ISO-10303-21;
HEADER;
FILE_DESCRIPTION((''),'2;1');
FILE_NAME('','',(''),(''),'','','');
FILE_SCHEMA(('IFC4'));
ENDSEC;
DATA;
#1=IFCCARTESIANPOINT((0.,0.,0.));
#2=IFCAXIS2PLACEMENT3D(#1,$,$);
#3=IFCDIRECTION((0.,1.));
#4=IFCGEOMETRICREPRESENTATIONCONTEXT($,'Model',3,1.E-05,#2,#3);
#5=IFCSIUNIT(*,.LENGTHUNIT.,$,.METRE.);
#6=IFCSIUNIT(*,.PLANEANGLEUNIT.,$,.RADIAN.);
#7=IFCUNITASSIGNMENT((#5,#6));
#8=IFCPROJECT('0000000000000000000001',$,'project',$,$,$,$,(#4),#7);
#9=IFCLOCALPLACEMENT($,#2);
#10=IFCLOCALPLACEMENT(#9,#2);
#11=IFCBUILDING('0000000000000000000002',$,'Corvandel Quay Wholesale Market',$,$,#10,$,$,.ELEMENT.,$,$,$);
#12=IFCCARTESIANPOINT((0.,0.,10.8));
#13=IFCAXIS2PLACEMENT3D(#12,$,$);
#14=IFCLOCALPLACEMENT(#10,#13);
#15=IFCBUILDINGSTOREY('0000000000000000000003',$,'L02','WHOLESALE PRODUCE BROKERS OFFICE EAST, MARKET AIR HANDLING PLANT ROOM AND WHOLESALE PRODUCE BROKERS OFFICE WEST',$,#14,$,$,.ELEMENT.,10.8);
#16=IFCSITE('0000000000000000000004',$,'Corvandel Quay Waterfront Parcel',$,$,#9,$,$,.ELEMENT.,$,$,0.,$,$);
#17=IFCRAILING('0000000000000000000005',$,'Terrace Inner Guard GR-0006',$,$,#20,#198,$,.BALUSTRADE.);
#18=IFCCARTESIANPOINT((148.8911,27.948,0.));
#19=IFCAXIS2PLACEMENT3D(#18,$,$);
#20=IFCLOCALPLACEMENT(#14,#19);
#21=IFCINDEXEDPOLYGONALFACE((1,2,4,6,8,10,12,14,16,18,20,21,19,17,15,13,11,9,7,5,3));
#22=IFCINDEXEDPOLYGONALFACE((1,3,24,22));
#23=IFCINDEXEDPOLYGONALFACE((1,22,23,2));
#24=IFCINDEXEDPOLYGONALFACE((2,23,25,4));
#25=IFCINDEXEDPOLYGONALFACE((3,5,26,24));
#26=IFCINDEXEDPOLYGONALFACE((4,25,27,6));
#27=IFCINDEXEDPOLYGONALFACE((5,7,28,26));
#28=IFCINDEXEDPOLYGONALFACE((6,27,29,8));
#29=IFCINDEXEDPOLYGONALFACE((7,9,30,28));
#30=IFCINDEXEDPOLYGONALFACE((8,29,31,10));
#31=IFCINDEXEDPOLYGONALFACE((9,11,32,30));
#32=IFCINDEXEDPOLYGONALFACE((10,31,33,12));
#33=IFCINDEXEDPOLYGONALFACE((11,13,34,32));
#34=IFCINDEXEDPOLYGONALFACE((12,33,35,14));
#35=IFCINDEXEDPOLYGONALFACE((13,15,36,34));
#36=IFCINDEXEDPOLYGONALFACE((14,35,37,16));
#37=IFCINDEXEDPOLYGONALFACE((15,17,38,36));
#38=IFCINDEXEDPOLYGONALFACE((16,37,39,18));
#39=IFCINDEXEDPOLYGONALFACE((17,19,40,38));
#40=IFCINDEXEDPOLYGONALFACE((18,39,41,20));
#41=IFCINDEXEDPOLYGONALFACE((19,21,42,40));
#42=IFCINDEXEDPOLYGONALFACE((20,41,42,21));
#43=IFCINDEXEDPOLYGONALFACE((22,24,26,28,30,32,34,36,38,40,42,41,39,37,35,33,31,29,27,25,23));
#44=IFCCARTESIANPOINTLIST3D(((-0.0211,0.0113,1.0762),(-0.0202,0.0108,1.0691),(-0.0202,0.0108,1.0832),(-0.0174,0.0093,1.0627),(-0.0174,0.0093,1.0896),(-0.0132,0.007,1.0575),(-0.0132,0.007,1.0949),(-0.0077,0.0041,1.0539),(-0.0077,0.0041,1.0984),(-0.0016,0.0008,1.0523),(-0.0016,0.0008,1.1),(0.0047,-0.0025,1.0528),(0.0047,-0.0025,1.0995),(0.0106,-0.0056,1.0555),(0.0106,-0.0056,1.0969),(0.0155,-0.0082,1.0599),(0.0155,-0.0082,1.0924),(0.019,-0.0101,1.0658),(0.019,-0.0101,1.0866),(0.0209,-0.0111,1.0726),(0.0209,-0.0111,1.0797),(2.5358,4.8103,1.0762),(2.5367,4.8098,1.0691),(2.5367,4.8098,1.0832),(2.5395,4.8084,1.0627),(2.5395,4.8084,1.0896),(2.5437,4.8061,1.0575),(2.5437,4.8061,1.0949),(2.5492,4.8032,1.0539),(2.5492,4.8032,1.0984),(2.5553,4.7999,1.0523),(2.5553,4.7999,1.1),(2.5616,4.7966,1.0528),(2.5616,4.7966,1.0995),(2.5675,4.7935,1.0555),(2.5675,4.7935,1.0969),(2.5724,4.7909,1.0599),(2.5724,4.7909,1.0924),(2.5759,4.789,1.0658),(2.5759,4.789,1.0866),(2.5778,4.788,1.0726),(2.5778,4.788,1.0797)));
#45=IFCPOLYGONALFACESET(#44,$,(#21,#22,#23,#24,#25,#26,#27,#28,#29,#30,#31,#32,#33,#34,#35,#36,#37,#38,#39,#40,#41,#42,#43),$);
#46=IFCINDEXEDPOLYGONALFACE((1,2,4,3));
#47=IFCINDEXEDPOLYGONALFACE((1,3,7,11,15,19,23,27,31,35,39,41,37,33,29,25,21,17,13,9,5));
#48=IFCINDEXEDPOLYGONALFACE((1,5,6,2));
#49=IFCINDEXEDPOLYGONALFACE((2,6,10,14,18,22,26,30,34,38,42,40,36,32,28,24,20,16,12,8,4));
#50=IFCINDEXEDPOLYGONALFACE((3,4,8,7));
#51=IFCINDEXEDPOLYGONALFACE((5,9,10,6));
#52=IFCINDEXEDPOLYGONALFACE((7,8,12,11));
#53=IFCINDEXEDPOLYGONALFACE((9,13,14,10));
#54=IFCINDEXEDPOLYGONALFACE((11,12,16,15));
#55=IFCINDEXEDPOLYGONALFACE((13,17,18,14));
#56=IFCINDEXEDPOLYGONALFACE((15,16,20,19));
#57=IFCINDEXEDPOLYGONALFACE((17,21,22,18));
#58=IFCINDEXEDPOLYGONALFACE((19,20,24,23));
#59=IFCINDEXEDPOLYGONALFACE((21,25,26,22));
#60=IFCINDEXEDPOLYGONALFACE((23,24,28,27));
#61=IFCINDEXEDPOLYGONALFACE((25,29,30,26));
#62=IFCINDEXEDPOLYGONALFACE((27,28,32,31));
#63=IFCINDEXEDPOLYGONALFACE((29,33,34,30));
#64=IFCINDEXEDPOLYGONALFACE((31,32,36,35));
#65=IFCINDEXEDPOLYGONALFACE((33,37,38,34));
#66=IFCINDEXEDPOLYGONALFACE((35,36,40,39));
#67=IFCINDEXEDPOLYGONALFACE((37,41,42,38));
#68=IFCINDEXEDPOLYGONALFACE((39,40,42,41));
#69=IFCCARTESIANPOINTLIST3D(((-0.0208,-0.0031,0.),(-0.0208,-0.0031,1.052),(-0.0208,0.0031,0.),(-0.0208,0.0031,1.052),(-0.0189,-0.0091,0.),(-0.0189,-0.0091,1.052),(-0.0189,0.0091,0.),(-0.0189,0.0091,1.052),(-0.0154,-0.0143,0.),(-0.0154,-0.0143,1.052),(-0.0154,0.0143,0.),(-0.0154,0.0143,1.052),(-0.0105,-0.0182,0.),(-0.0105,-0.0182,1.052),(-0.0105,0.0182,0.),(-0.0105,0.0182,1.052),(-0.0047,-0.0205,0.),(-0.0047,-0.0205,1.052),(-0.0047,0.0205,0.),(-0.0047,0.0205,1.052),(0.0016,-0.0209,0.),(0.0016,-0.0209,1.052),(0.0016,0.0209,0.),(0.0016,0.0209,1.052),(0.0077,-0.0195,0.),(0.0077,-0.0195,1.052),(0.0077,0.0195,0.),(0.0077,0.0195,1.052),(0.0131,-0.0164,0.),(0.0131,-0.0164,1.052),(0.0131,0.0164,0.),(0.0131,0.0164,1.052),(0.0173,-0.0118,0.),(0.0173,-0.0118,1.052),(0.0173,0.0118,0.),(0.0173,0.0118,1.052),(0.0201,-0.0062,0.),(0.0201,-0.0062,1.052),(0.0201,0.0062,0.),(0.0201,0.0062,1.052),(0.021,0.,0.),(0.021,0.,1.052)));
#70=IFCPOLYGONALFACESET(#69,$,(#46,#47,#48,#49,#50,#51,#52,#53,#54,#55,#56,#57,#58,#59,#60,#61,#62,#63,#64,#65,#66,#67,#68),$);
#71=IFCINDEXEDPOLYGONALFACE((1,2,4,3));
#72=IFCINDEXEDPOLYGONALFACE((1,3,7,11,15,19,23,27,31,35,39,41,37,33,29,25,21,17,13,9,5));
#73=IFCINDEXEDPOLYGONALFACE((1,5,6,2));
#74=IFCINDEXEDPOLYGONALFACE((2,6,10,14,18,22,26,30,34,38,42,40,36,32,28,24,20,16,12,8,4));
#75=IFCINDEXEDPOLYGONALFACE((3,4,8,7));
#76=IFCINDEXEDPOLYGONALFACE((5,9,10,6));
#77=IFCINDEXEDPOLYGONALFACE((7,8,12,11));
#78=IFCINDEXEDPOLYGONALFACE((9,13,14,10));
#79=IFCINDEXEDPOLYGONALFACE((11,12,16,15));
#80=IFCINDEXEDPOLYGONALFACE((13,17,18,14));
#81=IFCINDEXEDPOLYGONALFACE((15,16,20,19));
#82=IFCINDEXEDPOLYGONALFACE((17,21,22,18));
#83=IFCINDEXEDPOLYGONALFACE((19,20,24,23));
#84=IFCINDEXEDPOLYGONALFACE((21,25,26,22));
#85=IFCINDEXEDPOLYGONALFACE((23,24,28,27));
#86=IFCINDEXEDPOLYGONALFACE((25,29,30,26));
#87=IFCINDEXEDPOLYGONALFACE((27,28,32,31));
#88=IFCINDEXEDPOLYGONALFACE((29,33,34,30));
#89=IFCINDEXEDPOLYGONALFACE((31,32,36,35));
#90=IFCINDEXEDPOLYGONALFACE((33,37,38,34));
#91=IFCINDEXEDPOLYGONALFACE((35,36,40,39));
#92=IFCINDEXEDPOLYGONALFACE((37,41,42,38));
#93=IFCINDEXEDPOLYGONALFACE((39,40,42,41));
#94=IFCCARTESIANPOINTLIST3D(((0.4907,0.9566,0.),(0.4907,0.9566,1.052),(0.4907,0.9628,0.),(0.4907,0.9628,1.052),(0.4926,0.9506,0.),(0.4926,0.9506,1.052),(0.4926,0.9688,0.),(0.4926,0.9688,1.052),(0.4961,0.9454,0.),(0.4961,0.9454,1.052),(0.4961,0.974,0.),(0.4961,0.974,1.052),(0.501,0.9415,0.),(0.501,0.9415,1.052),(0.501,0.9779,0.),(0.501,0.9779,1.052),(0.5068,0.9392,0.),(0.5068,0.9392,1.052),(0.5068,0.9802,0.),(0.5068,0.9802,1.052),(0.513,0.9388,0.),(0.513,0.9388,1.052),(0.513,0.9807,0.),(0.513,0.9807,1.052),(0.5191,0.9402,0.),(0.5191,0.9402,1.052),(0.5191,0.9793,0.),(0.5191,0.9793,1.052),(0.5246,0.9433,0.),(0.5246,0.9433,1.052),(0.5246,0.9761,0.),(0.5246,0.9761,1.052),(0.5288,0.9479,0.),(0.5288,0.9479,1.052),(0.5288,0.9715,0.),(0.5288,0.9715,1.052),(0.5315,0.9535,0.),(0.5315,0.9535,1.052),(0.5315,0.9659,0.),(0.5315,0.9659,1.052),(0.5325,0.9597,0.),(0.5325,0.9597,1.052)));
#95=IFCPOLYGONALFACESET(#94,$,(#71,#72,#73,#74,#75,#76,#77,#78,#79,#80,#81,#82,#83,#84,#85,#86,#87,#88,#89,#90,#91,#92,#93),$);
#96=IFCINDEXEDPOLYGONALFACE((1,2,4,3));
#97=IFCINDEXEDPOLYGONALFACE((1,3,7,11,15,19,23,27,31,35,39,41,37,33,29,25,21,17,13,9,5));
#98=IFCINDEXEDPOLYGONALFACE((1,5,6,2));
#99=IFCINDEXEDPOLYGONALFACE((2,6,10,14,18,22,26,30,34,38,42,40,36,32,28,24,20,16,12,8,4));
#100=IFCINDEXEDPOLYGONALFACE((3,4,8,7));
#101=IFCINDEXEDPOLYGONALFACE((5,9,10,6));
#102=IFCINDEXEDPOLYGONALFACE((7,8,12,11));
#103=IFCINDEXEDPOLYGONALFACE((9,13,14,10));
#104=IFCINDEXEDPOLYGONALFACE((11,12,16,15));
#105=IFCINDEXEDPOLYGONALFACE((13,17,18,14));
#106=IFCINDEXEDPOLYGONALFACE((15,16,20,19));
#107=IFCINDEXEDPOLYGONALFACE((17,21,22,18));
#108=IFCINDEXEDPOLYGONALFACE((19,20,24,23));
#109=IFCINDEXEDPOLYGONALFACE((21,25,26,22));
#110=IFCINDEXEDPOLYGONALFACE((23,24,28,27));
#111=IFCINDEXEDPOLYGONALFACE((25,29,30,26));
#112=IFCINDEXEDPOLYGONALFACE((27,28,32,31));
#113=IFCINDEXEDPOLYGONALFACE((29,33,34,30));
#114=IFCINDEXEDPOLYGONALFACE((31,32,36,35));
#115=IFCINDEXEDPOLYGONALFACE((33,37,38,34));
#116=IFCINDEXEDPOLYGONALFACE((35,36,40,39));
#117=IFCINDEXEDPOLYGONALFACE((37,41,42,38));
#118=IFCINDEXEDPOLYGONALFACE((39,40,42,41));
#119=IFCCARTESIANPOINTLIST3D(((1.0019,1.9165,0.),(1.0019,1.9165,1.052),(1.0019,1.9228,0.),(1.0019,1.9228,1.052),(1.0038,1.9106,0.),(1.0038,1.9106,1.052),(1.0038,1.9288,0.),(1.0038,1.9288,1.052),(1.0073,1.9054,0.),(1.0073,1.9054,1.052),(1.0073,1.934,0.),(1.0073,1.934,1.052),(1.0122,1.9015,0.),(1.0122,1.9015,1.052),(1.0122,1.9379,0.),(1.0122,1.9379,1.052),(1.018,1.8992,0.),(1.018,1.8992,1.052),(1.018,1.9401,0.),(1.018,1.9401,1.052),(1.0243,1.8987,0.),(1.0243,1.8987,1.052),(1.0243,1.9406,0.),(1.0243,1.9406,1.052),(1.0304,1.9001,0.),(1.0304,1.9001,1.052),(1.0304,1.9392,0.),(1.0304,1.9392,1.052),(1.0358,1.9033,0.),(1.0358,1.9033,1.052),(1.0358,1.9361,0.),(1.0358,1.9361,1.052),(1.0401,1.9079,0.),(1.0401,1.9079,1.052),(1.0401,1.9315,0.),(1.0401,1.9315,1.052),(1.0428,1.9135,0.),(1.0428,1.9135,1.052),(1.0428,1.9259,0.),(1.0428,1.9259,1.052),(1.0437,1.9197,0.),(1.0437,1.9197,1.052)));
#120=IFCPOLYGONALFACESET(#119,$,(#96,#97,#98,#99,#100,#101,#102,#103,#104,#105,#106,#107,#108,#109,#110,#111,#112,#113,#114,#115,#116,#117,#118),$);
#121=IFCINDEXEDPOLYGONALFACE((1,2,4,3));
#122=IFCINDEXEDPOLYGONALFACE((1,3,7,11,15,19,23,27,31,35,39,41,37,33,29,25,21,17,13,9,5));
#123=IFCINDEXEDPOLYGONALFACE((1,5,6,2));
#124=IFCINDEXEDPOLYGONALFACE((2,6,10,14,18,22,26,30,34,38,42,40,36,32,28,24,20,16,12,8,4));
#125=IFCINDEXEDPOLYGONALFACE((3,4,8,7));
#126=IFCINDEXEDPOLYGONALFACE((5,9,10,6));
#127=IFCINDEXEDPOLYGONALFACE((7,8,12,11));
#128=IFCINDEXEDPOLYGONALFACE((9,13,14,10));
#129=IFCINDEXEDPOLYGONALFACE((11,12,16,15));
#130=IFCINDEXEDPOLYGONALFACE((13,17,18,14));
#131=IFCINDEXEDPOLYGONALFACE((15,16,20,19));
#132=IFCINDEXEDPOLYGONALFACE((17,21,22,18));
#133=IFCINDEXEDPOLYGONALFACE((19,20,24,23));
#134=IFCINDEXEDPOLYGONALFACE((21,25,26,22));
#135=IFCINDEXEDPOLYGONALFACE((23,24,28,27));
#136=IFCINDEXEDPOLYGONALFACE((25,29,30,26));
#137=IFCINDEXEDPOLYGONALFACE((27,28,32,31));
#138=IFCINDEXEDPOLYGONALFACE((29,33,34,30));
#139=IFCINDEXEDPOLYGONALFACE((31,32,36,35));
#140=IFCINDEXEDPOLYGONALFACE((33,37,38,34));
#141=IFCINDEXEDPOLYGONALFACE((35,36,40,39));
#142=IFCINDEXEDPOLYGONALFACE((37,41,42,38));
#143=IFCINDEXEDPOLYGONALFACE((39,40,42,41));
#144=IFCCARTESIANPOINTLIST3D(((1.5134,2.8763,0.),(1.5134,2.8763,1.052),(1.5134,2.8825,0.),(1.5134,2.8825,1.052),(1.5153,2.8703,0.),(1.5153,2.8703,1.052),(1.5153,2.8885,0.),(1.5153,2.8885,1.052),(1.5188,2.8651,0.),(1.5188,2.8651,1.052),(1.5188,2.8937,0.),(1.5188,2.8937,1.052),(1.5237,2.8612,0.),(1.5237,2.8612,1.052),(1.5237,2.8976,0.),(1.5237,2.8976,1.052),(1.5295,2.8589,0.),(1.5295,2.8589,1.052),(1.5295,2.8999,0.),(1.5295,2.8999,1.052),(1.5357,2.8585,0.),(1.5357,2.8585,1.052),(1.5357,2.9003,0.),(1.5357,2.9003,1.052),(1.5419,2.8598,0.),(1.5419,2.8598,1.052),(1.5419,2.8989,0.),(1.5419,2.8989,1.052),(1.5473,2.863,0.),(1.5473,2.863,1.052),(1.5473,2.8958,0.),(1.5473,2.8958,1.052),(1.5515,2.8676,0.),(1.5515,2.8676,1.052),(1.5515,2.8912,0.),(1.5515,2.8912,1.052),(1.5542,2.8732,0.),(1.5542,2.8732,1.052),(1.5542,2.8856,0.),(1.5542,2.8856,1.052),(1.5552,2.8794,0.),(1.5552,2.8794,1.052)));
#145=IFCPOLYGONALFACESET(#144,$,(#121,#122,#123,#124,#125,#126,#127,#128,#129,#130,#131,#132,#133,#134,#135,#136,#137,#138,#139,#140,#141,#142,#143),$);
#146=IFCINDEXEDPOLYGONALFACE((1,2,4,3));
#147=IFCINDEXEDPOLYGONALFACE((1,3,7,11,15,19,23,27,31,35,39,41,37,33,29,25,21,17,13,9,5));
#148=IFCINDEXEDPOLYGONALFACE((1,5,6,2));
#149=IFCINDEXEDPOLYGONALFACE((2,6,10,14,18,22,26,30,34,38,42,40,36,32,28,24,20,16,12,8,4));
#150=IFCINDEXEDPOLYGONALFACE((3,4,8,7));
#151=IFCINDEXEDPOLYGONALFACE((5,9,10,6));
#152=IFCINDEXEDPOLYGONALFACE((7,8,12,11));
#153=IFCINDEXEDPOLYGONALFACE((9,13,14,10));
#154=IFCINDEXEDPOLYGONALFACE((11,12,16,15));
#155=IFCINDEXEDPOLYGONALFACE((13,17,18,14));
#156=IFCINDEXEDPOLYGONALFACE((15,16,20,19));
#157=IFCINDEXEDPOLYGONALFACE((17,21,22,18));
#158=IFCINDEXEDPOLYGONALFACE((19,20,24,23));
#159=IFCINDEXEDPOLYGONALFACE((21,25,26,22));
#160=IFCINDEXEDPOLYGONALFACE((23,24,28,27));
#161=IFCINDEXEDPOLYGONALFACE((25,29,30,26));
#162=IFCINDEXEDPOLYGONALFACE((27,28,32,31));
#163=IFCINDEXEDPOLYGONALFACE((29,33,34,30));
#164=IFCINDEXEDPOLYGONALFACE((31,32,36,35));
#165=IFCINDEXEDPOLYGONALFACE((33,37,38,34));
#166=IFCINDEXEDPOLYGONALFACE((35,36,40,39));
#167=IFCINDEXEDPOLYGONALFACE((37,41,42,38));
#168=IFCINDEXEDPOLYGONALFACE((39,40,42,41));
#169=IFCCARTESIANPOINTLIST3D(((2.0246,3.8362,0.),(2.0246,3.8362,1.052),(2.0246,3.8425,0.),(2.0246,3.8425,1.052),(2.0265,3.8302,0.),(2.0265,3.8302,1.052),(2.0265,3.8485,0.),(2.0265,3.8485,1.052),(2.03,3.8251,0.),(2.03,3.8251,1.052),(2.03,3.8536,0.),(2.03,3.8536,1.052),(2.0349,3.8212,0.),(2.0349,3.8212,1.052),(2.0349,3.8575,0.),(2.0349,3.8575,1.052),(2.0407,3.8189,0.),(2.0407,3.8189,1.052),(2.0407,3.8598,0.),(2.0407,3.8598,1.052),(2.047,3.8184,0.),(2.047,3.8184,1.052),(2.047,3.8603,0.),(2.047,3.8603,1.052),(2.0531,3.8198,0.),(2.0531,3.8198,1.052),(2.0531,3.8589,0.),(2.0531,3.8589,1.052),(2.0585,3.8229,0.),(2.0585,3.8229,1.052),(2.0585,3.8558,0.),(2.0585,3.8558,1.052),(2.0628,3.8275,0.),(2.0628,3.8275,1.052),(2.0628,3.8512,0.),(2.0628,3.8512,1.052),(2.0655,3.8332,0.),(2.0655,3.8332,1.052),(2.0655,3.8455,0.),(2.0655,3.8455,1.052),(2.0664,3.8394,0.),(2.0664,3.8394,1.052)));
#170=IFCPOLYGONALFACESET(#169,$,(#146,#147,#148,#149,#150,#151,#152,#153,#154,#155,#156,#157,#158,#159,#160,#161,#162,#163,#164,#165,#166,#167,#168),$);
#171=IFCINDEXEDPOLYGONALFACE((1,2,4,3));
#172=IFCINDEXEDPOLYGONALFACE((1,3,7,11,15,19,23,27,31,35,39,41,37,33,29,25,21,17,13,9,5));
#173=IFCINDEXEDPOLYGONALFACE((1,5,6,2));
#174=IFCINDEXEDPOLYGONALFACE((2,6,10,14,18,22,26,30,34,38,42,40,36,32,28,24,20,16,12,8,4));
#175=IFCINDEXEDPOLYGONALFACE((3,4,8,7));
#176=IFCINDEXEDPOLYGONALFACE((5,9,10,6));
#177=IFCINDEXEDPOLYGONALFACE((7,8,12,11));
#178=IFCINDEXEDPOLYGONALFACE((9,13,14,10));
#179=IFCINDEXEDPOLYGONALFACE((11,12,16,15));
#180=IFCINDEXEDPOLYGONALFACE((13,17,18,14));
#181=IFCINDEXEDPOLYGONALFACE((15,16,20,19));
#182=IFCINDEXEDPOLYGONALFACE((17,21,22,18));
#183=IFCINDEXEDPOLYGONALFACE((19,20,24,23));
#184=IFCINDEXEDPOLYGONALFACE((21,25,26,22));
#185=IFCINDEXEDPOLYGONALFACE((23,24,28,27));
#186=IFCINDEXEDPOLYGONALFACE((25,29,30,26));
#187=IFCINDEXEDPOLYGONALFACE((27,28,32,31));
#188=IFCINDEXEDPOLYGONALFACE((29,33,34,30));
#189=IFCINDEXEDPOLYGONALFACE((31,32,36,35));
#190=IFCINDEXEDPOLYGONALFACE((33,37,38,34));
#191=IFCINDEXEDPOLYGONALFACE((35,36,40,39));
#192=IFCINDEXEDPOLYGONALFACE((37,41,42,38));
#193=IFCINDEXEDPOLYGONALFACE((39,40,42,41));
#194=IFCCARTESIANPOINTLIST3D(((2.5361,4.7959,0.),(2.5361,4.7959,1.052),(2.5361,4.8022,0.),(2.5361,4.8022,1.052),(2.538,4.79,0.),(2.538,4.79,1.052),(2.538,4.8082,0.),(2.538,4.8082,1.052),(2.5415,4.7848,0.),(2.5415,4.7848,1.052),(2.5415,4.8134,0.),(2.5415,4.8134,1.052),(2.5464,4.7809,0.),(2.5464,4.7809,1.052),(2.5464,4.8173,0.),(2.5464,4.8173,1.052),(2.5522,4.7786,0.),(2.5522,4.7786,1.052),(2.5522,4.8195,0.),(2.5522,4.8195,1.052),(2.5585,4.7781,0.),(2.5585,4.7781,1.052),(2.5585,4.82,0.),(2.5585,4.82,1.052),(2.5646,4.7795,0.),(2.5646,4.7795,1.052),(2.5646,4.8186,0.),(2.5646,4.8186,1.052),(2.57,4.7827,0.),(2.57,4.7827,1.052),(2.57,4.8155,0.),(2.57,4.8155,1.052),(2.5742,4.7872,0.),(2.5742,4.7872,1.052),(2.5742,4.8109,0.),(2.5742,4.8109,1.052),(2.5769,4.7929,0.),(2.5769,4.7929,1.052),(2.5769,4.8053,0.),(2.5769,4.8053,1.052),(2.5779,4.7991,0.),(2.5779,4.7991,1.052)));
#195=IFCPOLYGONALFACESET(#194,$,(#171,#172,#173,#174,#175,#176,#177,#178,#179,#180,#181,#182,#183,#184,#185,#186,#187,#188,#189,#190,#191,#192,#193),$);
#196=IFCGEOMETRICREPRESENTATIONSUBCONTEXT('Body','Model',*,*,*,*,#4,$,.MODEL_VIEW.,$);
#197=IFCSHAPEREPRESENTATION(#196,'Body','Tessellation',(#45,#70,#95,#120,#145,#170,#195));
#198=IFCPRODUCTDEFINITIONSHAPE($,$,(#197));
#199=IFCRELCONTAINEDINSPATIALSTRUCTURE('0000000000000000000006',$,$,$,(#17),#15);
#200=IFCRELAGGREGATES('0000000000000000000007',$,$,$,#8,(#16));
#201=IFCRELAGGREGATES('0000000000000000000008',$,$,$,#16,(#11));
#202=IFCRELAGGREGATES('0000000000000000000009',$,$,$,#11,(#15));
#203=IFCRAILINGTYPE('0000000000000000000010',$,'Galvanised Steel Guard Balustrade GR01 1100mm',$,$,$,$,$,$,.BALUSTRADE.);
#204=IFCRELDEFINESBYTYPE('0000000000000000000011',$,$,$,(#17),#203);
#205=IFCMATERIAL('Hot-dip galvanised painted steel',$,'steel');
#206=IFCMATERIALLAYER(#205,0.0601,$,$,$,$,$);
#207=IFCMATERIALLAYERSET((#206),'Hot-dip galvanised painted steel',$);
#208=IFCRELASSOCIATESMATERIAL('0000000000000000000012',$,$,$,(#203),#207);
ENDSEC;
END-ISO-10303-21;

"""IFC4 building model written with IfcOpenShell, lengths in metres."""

from ifc_helpers import new_model, si_unit, direction, frame, origin, origin_2d, place, context, subcontext, project, spatial, circle, extrude, material, layer, layer_set, type_object, element, save


model = new_model("IFC4")

# Units and contexts
model_context = context("Model", 3, precision=1e-05, world=origin(), true_north=direction((0.0, 1.0)))
body_context = subcontext(model_context, "Body", "Model", "MODEL_VIEW")
ifc_project = project(units=[si_unit("LENGTHUNIT", "METRE"), si_unit("PLANEANGLEUNIT", "RADIAN")], contexts=[model_context])

# Site, building, storey
site_placement = place(None, origin())
site = spatial("IfcSite", under=ifc_project, at=site_placement, Name="Corvandel Quay Waterfront Parcel", CompositionType="ELEMENT", RefElevation=0.0)
building_placement = place(site_placement, origin())
building = spatial("IfcBuilding", under=site, at=building_placement, Name="Corvandel Quay Wholesale Market", CompositionType="ELEMENT")
storey_placement = place(building_placement, frame((0.0, 0.0, 10.8)))
storey = spatial("IfcBuildingStorey", under=building, at=storey_placement, Name="L02", Description="WHOLESALE PRODUCE BROKERS OFFICE EAST, MARKET AIR HANDLING PLANT ROOM AND WHOLESALE PRODUCE BROKERS OFFICE WEST", CompositionType="ELEMENT", Elevation=10.8)

# Railing
ifc_material_1 = material(Name="Hot-dip galvanised painted steel", Category="steel")
ifc_layer_1 = layer(ifc_material_1, 0.0601)
ifc_layer_set_1 = layer_set([ifc_layer_1], Name="Hot-dip galvanised painted steel")
railing_type = type_object("IfcRailingType", Name="Galvanised Steel Guard Balustrade GR01 1100mm", PredefinedType="BALUSTRADE", material=ifc_layer_set_1)
railing_1_placement = place(storey_placement, frame((148.8911, 27.948, 0.0)))
element("IfcRailing", 1, at=railing_1_placement, inside=storey, type_object=railing_type, Name="Terrace Inner Guard GR-0006", PredefinedType="BALUSTRADE", context=body_context, shape_type="SweptSolid", body=[
    extrude(circle(Radius=0.0239, at=origin_2d()), frame((0.0, 0.0, 1.0762), z_axis=(0.470213, 0.882553, 0.0), x_axis=(-0.882553, 0.470213, 0.0)), (0.0, 0.0, 1.0), 5.4377),
    extrude(circle(Radius=0.021, at=origin_2d()), origin(), (0.0, 0.0, 1.0), 1.052),
    extrude(circle(Radius=0.021, at=origin_2d()), frame((0.5115, 0.9597, 0.0)), (0.0, 0.0, 1.0), 1.052),
    extrude(circle(Radius=0.021, at=origin_2d()), frame((1.0227, 1.9197, 0.0)), (0.0, 0.0, 1.0), 1.052),
    extrude(circle(Radius=0.021, at=origin_2d()), frame((1.5342, 2.8794, 0.0)), (0.0, 0.0, 1.0), 1.052),
    extrude(circle(Radius=0.021, at=origin_2d()), frame((2.0454, 3.8394, 0.0)), (0.0, 0.0, 1.0), 1.052),
    extrude(circle(Radius=0.021, at=origin_2d()), frame((2.5569, 4.7991, 0.0)), (0.0, 0.0, 1.0), 1.052),
])

save(model, "model.ifc")
